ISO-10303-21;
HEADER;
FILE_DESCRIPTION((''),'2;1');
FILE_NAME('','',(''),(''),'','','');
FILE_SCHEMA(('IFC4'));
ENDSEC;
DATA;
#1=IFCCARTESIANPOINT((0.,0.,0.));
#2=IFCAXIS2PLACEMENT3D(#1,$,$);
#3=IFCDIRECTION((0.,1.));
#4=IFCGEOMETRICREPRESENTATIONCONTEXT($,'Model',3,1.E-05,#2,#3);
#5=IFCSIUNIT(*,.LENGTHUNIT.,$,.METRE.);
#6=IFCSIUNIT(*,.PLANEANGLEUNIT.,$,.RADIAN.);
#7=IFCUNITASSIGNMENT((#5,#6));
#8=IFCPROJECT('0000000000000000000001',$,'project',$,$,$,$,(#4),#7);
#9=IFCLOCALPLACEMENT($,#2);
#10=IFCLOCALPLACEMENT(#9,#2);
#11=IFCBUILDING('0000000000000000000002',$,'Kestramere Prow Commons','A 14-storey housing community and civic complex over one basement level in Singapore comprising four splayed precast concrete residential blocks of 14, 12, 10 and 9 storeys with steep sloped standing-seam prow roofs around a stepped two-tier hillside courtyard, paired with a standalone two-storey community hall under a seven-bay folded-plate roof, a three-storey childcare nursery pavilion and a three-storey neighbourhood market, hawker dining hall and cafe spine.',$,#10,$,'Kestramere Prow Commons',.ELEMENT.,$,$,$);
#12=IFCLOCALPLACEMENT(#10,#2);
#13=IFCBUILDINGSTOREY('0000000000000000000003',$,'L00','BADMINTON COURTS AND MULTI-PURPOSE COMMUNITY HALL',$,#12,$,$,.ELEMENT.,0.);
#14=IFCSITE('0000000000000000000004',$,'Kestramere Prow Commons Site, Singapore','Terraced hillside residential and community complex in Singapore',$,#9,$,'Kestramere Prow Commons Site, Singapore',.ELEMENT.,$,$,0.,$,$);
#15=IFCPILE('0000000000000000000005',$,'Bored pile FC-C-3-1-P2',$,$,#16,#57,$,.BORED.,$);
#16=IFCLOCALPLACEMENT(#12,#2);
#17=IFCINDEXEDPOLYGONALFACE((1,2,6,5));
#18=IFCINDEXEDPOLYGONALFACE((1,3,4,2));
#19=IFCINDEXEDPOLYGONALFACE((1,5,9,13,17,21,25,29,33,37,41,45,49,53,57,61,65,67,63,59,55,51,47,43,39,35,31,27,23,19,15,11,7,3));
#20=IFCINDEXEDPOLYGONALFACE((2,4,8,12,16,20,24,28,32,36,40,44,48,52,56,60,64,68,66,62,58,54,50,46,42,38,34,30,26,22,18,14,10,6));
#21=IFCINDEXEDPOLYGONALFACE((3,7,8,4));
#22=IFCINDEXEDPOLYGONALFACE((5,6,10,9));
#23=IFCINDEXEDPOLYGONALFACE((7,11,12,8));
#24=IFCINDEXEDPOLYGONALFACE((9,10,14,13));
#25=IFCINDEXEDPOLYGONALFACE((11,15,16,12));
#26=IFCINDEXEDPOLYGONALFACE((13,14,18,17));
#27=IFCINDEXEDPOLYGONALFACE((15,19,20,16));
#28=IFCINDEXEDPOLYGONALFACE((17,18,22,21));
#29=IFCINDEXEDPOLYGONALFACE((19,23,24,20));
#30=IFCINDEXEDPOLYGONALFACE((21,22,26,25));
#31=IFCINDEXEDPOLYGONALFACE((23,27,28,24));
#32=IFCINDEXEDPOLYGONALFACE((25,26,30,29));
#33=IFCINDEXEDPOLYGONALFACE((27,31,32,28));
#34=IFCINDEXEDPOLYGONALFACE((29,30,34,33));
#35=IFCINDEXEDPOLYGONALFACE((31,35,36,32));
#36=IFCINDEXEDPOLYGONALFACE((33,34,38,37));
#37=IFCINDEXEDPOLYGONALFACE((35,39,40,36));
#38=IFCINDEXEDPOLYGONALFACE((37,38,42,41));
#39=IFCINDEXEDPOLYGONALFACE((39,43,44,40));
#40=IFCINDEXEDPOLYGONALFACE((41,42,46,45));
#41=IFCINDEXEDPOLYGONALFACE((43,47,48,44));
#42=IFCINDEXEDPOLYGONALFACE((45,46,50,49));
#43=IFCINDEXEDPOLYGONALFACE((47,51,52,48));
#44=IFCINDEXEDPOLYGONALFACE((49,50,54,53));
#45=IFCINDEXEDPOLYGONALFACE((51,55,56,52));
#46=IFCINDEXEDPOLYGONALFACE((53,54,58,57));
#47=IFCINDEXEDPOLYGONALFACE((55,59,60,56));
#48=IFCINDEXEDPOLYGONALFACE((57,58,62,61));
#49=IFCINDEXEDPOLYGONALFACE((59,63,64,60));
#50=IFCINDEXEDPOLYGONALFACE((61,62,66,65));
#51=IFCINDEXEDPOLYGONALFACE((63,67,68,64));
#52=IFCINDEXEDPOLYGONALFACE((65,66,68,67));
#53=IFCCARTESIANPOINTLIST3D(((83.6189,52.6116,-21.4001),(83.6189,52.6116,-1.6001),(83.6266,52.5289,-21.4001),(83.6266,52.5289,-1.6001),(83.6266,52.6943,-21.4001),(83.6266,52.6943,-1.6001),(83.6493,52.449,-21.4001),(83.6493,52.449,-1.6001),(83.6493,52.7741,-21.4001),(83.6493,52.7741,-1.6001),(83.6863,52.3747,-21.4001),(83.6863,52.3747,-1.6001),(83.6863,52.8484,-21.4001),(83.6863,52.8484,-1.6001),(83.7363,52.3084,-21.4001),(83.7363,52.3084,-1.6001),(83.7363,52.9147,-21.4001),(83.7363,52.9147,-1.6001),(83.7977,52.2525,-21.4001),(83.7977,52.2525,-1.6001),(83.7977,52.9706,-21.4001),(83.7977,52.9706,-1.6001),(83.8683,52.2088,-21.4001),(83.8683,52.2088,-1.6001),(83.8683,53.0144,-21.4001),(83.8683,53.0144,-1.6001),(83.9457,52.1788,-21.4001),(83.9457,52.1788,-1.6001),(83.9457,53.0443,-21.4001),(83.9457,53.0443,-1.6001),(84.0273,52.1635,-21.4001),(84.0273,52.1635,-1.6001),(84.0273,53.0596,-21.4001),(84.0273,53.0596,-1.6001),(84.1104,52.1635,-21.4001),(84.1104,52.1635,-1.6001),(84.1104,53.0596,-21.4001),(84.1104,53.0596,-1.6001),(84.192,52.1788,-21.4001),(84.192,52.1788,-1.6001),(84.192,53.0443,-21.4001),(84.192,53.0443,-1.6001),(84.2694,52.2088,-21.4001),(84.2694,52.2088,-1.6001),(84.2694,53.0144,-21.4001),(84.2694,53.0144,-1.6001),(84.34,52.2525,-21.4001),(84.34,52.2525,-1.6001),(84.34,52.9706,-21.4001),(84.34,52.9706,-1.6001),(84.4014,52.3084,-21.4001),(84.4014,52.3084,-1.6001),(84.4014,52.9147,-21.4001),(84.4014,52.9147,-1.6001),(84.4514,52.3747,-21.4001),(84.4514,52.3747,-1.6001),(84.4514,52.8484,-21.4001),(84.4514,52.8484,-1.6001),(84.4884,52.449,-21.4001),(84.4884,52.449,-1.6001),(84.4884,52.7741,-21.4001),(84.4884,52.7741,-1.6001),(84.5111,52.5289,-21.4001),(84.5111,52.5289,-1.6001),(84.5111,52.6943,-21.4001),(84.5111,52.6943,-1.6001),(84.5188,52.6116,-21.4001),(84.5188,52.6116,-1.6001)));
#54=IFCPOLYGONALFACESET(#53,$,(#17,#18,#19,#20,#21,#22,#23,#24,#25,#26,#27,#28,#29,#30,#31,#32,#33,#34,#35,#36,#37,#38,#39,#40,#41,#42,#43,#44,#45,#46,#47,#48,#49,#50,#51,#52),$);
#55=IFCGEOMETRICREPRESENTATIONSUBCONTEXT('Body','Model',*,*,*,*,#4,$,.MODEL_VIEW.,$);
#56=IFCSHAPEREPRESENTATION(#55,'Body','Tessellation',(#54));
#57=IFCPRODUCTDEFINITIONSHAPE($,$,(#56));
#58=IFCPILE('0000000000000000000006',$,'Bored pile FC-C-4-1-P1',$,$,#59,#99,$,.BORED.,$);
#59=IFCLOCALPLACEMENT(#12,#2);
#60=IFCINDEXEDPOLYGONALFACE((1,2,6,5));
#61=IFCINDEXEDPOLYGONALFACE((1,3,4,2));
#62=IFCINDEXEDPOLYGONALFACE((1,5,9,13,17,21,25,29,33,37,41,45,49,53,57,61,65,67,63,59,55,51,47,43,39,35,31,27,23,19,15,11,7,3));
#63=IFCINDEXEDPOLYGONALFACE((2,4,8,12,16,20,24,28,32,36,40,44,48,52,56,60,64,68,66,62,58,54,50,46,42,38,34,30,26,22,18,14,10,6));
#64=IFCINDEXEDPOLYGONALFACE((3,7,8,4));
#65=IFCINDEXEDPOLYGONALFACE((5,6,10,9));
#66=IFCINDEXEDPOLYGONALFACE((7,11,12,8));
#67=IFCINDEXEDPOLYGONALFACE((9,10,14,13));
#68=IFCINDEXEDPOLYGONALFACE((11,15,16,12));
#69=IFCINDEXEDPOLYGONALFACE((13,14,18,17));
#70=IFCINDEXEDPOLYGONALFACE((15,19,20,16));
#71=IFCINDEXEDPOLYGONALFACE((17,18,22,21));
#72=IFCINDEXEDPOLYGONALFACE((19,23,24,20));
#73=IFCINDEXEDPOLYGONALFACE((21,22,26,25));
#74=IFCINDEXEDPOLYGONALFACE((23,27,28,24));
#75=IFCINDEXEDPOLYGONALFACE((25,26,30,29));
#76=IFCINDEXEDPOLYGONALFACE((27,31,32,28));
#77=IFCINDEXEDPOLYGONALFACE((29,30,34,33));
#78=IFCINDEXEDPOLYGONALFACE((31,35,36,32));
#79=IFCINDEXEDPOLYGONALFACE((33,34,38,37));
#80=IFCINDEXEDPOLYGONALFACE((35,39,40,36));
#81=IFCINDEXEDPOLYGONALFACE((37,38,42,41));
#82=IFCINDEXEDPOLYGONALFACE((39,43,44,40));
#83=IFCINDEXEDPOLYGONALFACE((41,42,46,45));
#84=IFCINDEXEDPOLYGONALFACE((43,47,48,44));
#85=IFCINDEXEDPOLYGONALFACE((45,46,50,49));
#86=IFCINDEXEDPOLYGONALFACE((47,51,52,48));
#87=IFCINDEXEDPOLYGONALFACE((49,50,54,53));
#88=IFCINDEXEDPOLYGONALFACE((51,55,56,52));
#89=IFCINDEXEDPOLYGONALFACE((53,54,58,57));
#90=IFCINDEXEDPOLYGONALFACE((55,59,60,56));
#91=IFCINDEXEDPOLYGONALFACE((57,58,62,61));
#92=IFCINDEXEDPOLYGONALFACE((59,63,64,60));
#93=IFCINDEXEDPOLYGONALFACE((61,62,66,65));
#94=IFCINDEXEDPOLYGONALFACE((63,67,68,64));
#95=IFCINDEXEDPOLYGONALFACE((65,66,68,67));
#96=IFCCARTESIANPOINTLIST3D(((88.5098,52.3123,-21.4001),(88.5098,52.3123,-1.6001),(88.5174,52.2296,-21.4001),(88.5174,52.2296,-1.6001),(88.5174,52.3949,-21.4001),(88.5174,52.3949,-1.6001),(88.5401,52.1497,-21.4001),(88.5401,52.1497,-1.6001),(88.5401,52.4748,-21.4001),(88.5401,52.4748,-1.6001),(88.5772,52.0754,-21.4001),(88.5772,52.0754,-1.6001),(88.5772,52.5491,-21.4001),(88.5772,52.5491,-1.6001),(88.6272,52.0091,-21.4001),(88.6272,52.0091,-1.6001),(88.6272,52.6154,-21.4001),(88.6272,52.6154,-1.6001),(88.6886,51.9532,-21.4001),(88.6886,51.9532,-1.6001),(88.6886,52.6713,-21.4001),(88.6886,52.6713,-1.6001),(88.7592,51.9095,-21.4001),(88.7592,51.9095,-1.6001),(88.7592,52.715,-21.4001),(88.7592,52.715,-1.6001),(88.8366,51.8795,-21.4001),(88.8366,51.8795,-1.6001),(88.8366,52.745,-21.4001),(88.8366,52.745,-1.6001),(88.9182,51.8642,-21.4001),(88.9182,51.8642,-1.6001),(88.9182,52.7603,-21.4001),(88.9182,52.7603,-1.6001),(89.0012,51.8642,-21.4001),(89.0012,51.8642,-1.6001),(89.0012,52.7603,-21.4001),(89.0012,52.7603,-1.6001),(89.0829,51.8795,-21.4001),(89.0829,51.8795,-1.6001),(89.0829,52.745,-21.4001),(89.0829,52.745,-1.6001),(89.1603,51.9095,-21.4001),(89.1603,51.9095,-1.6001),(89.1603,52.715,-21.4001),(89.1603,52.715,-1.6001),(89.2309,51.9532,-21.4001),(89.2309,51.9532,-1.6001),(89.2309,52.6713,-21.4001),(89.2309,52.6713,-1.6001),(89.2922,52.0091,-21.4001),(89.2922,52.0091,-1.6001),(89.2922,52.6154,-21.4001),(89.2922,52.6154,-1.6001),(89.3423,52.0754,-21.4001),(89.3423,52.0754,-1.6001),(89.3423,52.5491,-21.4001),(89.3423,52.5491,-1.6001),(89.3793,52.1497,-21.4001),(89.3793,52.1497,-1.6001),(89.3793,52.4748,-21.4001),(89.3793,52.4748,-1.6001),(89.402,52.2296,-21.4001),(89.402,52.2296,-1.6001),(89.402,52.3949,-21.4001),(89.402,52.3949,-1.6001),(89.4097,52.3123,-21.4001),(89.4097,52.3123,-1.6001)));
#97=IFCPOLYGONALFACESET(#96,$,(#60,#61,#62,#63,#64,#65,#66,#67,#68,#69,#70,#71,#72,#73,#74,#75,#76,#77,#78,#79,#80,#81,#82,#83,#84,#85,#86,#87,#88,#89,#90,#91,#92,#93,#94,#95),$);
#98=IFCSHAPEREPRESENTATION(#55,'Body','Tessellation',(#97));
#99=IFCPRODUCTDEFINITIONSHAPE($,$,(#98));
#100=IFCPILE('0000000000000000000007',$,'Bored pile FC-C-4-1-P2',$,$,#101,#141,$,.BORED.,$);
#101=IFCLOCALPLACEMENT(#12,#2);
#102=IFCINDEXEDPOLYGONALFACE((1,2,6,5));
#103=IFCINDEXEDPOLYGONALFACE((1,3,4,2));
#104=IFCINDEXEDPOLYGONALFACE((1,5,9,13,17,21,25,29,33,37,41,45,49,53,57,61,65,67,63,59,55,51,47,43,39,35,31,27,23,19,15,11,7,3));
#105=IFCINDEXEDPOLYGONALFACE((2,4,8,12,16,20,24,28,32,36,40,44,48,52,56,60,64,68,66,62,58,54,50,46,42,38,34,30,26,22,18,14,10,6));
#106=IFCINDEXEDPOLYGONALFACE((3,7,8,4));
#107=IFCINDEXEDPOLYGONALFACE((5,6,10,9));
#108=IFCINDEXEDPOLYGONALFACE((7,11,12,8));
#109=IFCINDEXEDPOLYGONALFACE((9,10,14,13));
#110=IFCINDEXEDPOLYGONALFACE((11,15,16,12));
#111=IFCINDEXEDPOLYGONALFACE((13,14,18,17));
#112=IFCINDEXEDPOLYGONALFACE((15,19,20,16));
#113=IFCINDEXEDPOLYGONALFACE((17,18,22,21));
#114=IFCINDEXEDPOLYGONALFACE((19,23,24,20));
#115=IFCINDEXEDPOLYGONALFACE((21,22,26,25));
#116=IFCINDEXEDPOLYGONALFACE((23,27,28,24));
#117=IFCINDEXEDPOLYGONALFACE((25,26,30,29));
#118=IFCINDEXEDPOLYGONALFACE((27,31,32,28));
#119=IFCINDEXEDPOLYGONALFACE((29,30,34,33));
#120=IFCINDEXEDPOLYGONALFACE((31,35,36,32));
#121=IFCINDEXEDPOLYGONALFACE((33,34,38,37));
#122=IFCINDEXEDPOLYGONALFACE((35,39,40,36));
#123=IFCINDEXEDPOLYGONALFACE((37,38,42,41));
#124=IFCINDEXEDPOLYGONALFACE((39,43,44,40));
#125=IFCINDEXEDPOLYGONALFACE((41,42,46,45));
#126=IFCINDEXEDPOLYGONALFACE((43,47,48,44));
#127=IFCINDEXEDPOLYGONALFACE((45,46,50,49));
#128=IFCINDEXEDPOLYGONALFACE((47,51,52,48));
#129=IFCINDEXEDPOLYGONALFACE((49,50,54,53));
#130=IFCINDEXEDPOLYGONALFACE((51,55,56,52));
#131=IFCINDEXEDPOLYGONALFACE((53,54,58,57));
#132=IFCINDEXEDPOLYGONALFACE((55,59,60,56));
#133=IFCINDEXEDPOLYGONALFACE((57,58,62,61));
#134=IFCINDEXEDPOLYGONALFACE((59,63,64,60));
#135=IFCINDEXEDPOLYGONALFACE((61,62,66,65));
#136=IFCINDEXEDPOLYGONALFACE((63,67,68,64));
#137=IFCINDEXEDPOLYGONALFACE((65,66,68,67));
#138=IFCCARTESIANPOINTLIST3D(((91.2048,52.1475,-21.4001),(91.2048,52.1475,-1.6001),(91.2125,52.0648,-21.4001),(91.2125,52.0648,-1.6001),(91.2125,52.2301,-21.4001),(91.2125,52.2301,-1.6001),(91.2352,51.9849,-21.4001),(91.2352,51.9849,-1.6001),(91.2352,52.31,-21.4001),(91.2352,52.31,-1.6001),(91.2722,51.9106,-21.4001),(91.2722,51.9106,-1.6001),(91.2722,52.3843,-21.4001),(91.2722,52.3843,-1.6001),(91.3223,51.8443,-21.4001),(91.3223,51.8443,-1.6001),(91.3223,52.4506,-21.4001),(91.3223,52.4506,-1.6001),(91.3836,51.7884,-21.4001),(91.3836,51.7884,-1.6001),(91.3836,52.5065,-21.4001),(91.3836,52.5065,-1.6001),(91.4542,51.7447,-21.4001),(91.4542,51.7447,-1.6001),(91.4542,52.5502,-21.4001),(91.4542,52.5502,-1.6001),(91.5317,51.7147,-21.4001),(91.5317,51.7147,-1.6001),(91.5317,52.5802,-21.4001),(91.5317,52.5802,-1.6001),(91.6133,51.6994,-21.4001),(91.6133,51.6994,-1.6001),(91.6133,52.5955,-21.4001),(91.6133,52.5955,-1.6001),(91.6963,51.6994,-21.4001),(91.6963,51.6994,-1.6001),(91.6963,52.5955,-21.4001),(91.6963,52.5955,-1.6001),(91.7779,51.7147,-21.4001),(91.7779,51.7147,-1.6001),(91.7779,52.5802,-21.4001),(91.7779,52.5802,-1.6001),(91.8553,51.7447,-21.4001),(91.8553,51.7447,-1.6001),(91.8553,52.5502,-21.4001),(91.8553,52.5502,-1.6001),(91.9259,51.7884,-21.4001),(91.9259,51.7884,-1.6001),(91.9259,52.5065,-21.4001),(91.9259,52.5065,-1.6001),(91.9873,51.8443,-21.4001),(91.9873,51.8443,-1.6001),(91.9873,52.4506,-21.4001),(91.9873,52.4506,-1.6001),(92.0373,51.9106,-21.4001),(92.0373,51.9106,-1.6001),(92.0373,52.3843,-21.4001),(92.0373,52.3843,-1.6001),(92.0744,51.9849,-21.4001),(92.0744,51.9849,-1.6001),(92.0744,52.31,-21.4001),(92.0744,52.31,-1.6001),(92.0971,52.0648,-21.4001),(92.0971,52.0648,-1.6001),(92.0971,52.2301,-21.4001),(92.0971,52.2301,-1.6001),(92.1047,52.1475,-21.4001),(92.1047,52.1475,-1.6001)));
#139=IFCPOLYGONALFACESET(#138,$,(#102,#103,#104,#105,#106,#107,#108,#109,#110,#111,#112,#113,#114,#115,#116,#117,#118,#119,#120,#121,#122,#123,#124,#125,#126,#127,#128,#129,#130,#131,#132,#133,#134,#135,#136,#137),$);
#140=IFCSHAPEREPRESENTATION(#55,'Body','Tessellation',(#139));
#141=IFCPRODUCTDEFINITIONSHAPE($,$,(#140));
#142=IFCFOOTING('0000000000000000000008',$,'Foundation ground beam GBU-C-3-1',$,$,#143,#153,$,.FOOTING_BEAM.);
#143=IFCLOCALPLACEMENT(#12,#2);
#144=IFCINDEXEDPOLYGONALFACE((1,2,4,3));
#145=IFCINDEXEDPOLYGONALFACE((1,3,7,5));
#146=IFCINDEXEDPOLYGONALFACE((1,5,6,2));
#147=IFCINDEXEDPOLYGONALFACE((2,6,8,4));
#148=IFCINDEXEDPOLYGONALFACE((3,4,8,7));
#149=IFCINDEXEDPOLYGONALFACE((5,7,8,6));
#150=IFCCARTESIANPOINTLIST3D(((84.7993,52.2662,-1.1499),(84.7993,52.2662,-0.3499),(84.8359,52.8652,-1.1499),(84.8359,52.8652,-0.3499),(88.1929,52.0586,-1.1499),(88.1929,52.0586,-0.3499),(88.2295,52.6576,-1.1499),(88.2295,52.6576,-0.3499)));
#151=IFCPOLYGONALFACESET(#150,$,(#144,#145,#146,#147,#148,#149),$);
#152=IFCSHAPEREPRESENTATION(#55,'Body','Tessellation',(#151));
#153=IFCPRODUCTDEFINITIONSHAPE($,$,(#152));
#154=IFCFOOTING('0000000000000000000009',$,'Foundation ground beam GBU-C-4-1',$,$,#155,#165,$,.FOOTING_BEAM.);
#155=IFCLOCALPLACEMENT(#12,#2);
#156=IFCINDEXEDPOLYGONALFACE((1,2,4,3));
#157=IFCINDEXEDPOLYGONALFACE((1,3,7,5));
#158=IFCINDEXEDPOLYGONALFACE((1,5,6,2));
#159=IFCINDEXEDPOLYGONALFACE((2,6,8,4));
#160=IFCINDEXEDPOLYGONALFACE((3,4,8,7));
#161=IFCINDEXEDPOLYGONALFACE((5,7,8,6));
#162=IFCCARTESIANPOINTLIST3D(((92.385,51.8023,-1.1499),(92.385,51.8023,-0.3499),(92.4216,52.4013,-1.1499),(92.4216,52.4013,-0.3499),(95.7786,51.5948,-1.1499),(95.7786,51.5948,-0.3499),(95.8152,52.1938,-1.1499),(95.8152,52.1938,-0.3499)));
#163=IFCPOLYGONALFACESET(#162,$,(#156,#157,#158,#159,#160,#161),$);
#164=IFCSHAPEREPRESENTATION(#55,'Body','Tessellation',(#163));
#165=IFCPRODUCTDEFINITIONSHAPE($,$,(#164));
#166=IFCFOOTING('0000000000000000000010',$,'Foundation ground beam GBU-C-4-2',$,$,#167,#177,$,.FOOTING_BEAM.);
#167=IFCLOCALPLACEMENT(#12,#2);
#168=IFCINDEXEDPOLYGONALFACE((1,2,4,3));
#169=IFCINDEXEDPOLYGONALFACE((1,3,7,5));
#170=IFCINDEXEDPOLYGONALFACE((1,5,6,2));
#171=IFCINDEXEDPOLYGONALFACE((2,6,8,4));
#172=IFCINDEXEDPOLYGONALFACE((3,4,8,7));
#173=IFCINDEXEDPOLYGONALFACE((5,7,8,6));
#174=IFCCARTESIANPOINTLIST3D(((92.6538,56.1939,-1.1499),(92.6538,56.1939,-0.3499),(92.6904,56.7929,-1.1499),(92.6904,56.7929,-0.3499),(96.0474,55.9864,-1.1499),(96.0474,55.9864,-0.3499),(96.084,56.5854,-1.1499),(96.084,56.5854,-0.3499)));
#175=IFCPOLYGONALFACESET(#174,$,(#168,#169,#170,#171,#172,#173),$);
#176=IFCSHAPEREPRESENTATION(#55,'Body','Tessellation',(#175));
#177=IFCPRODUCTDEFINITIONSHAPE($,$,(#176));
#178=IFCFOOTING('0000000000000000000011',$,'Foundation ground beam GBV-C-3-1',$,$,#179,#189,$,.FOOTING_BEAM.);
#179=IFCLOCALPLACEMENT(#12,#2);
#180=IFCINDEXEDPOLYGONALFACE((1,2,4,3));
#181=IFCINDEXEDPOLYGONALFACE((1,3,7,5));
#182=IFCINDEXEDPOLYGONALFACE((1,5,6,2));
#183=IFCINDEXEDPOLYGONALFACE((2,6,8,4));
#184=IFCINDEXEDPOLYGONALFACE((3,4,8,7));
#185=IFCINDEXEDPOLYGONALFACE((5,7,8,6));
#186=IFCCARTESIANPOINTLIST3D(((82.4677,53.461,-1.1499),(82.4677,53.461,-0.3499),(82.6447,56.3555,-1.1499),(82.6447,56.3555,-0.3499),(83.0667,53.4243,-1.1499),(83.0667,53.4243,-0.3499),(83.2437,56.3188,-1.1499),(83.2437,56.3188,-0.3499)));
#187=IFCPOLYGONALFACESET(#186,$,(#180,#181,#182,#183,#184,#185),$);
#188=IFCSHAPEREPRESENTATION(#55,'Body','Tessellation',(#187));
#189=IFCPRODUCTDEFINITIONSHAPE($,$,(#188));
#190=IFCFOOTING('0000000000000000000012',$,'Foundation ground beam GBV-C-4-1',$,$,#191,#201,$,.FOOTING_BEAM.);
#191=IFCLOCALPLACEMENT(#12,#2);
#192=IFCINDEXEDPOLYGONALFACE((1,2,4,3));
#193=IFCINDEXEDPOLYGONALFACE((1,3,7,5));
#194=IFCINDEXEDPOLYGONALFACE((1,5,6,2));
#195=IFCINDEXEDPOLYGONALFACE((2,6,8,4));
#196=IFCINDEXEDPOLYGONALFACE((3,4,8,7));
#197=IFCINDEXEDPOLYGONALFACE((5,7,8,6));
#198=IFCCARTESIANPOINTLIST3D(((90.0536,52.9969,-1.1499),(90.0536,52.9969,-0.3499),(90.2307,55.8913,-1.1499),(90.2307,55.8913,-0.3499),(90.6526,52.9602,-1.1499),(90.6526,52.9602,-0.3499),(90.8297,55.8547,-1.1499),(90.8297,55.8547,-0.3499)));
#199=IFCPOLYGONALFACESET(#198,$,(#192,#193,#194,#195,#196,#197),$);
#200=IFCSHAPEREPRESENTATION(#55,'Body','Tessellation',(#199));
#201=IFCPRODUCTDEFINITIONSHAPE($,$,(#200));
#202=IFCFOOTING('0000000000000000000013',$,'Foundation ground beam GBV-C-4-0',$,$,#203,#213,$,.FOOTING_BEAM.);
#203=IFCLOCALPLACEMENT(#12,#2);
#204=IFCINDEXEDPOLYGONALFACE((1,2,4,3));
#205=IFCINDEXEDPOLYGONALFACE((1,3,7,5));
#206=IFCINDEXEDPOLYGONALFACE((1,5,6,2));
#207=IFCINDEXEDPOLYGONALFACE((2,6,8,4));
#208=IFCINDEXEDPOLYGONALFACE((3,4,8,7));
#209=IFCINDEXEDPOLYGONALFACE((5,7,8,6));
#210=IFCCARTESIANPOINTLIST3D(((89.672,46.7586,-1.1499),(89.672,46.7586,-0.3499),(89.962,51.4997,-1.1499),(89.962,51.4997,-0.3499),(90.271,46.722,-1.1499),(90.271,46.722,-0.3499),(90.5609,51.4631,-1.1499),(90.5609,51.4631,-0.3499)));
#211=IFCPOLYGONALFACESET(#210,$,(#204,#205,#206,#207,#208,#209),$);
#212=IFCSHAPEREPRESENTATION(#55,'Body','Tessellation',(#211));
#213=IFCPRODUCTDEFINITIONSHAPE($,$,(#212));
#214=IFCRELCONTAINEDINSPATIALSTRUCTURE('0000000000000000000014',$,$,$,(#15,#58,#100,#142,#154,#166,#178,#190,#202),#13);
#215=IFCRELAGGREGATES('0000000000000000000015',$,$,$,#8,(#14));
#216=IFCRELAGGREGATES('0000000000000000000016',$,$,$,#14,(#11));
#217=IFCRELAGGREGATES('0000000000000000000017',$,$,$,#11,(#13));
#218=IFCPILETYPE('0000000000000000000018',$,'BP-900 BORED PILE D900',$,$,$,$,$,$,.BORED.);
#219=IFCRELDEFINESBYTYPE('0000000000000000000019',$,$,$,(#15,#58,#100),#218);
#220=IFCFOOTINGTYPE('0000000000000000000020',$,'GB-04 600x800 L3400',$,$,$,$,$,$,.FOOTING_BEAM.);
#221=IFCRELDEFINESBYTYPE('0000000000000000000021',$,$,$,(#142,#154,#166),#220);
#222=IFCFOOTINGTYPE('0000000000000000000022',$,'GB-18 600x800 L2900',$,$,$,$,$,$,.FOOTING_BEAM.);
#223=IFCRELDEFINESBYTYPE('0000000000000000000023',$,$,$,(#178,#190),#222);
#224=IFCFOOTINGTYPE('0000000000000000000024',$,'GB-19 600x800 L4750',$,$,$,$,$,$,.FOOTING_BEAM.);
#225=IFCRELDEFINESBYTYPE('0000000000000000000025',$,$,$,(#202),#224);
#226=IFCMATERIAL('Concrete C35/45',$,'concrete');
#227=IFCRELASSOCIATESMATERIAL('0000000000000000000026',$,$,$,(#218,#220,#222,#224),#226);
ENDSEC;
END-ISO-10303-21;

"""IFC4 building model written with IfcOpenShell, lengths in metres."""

from ifc_helpers import new_model, si_unit, direction, frame, origin, origin_2d, place, context, subcontext, project, spatial, rectangle, circle, extrude, material, material_profile, profile_set, type_object, element, save


model = new_model("IFC4")

# Units and contexts
model_context = context("Model", 3, precision=1e-05, world=origin(), true_north=direction((0.0, 1.0)))
body_context = subcontext(model_context, "Body", "Model", "MODEL_VIEW")
ifc_project = project(units=[si_unit("LENGTHUNIT", "METRE"), si_unit("PLANEANGLEUNIT", "RADIAN")], contexts=[model_context])

# Site, building, storey
site_placement = place(None, origin())
site = spatial("IfcSite", under=ifc_project, at=site_placement, Name="Kestramere Prow Commons Site, Singapore", Description="Terraced hillside residential and community complex in Singapore", LongName="Kestramere Prow Commons Site, Singapore", CompositionType="ELEMENT", RefElevation=0.0)
building_placement = place(site_placement, origin())
building = spatial("IfcBuilding", under=site, at=building_placement, Name="Kestramere Prow Commons", Description="A 14-storey housing community and civic complex over one basement level in Singapore comprising four splayed precast concrete residential blocks of 14, 12, 10 and 9 storeys with steep sloped standing-seam prow roofs around a stepped two-tier hillside courtyard, paired with a standalone two-storey community hall under a seven-bay folded-plate roof, a three-storey childcare nursery pavilion and a three-storey neighbourhood market, hawker dining hall and cafe spine.", LongName="Kestramere Prow Commons", CompositionType="ELEMENT")
storey_placement = place(building_placement, origin())
storey = spatial("IfcBuildingStorey", under=building, at=storey_placement, Name="L00", Description="BADMINTON COURTS AND MULTI-PURPOSE COMMUNITY HALL", CompositionType="ELEMENT", Elevation=0.0)

# Piles
ifc_material_1 = material(Name="Concrete C35/45", Category="concrete")
ifc_material_profile_1 = material_profile(ifc_material_1, circle(Radius=0.45, at=origin_2d()), Name="BORED PILE D900")
ifc_profile_set_1 = profile_set([ifc_material_profile_1], Name="Concrete C35/45")
pile_type = type_object("IfcPileType", Name="BP-900 BORED PILE D900", PredefinedType="BORED", material=ifc_profile_set_1)
for number, where, z_axis, x_axis, name in (
    (1, (84.0688, 52.6116, -1.6001), (0.0, 0.0, -1.0), (1.0, 0.0, 0.0), "Bored pile FC-C-3-1-P2"),
    (2, (88.9597, 52.3123, -1.6001), (0.0, 0.0, -1.0), (1.0, 0.0, 0.0), "Bored pile FC-C-4-1-P1"),
    (3, (91.6548, 52.1475, -1.6001), (0.0, 0.0, -1.0), (1.0, 0.0, 0.0), "Bored pile FC-C-4-1-P2"),
):
    element("IfcPile", number, at=place(storey_placement, frame(where, z_axis=z_axis, x_axis=x_axis)), inside=storey, type_object=pile_type, Name=name, PredefinedType="BORED", context=body_context, shape_type="SweptSolid", body=[
        extrude(circle(Radius=0.45, at=origin_2d()), origin(), (0.0, 0.0, 1.0), 19.8),
    ])

# Footings
footing_type_1 = type_object("IfcFootingType", Name="GB-04 600x800 L3400", PredefinedType="FOOTING_BEAM", material=ifc_material_1)
for number, where, z_axis, x_axis, name in (
    (4, (86.5144, 52.4619, -1.1499), (0.0, 0.0, 1.0), (0.998135, -0.061049, 0.0), "Foundation ground beam GBU-C-3-1"),
    (5, (94.1001, 51.998, -1.1499), (0.0, 0.0, 1.0), (0.998135, -0.061049, 0.0), "Foundation ground beam GBU-C-4-1"),
    (6, (94.3689, 56.3896, -1.1499), (0.0, 0.0, 1.0), (0.998135, -0.061049, 0.0), "Foundation ground beam GBU-C-4-2"),
):
    element("IfcFooting", number, at=place(storey_placement, frame(where, z_axis=z_axis, x_axis=x_axis)), inside=storey, type_object=footing_type_1, Name=name, PredefinedType="FOOTING_BEAM", context=body_context, shape_type="SweptSolid", body=[
        extrude(rectangle(XDim=3.3999, YDim=0.6001, at=origin_2d()), origin(), (0.0, 0.0, 1.0), 0.8),
    ])
footing_type_2 = type_object("IfcFootingType", Name="GB-18 600x800 L2900", PredefinedType="FOOTING_BEAM", material=ifc_material_1)
for number, where, z_axis, x_axis, name in (
    (7, (82.8557, 54.8899, -1.1499), (0.0, 0.0, 1.0), (0.061049, 0.998135, 0.0), "Foundation ground beam GBV-C-3-1"),
    (8, (90.4417, 54.4258, -1.1499), (0.0, 0.0, 1.0), (0.061049, 0.998135, 0.0), "Foundation ground beam GBV-C-4-1"),
):
    element("IfcFooting", number, at=place(storey_placement, frame(where, z_axis=z_axis, x_axis=x_axis)), inside=storey, type_object=footing_type_2, Name=name, PredefinedType="FOOTING_BEAM", context=body_context, shape_type="SweptSolid", body=[
        extrude(rectangle(XDim=2.8999, YDim=0.6001, at=origin_2d()), origin(), (0.0, 0.0, 1.0), 0.8),
    ])
footing_type_3 = type_object("IfcFootingType", Name="GB-19 600x800 L4750", PredefinedType="FOOTING_BEAM", material=ifc_material_1)
footing_1_placement = place(storey_placement, frame((90.1165, 49.1108, -1.1499), z_axis=(0.0, 0.0, 1.0), x_axis=(0.061049, 0.998135, 0.0)))
element("IfcFooting", 9, at=footing_1_placement, inside=storey, type_object=footing_type_3, Name="Foundation ground beam GBV-C-4-0", PredefinedType="FOOTING_BEAM", context=body_context, shape_type="SweptSolid", body=[
    extrude(rectangle(XDim=4.75, YDim=0.6001, at=origin_2d()), origin(), (0.0, 0.0, 1.0), 0.8),
])

save(model, "model.ifc")
